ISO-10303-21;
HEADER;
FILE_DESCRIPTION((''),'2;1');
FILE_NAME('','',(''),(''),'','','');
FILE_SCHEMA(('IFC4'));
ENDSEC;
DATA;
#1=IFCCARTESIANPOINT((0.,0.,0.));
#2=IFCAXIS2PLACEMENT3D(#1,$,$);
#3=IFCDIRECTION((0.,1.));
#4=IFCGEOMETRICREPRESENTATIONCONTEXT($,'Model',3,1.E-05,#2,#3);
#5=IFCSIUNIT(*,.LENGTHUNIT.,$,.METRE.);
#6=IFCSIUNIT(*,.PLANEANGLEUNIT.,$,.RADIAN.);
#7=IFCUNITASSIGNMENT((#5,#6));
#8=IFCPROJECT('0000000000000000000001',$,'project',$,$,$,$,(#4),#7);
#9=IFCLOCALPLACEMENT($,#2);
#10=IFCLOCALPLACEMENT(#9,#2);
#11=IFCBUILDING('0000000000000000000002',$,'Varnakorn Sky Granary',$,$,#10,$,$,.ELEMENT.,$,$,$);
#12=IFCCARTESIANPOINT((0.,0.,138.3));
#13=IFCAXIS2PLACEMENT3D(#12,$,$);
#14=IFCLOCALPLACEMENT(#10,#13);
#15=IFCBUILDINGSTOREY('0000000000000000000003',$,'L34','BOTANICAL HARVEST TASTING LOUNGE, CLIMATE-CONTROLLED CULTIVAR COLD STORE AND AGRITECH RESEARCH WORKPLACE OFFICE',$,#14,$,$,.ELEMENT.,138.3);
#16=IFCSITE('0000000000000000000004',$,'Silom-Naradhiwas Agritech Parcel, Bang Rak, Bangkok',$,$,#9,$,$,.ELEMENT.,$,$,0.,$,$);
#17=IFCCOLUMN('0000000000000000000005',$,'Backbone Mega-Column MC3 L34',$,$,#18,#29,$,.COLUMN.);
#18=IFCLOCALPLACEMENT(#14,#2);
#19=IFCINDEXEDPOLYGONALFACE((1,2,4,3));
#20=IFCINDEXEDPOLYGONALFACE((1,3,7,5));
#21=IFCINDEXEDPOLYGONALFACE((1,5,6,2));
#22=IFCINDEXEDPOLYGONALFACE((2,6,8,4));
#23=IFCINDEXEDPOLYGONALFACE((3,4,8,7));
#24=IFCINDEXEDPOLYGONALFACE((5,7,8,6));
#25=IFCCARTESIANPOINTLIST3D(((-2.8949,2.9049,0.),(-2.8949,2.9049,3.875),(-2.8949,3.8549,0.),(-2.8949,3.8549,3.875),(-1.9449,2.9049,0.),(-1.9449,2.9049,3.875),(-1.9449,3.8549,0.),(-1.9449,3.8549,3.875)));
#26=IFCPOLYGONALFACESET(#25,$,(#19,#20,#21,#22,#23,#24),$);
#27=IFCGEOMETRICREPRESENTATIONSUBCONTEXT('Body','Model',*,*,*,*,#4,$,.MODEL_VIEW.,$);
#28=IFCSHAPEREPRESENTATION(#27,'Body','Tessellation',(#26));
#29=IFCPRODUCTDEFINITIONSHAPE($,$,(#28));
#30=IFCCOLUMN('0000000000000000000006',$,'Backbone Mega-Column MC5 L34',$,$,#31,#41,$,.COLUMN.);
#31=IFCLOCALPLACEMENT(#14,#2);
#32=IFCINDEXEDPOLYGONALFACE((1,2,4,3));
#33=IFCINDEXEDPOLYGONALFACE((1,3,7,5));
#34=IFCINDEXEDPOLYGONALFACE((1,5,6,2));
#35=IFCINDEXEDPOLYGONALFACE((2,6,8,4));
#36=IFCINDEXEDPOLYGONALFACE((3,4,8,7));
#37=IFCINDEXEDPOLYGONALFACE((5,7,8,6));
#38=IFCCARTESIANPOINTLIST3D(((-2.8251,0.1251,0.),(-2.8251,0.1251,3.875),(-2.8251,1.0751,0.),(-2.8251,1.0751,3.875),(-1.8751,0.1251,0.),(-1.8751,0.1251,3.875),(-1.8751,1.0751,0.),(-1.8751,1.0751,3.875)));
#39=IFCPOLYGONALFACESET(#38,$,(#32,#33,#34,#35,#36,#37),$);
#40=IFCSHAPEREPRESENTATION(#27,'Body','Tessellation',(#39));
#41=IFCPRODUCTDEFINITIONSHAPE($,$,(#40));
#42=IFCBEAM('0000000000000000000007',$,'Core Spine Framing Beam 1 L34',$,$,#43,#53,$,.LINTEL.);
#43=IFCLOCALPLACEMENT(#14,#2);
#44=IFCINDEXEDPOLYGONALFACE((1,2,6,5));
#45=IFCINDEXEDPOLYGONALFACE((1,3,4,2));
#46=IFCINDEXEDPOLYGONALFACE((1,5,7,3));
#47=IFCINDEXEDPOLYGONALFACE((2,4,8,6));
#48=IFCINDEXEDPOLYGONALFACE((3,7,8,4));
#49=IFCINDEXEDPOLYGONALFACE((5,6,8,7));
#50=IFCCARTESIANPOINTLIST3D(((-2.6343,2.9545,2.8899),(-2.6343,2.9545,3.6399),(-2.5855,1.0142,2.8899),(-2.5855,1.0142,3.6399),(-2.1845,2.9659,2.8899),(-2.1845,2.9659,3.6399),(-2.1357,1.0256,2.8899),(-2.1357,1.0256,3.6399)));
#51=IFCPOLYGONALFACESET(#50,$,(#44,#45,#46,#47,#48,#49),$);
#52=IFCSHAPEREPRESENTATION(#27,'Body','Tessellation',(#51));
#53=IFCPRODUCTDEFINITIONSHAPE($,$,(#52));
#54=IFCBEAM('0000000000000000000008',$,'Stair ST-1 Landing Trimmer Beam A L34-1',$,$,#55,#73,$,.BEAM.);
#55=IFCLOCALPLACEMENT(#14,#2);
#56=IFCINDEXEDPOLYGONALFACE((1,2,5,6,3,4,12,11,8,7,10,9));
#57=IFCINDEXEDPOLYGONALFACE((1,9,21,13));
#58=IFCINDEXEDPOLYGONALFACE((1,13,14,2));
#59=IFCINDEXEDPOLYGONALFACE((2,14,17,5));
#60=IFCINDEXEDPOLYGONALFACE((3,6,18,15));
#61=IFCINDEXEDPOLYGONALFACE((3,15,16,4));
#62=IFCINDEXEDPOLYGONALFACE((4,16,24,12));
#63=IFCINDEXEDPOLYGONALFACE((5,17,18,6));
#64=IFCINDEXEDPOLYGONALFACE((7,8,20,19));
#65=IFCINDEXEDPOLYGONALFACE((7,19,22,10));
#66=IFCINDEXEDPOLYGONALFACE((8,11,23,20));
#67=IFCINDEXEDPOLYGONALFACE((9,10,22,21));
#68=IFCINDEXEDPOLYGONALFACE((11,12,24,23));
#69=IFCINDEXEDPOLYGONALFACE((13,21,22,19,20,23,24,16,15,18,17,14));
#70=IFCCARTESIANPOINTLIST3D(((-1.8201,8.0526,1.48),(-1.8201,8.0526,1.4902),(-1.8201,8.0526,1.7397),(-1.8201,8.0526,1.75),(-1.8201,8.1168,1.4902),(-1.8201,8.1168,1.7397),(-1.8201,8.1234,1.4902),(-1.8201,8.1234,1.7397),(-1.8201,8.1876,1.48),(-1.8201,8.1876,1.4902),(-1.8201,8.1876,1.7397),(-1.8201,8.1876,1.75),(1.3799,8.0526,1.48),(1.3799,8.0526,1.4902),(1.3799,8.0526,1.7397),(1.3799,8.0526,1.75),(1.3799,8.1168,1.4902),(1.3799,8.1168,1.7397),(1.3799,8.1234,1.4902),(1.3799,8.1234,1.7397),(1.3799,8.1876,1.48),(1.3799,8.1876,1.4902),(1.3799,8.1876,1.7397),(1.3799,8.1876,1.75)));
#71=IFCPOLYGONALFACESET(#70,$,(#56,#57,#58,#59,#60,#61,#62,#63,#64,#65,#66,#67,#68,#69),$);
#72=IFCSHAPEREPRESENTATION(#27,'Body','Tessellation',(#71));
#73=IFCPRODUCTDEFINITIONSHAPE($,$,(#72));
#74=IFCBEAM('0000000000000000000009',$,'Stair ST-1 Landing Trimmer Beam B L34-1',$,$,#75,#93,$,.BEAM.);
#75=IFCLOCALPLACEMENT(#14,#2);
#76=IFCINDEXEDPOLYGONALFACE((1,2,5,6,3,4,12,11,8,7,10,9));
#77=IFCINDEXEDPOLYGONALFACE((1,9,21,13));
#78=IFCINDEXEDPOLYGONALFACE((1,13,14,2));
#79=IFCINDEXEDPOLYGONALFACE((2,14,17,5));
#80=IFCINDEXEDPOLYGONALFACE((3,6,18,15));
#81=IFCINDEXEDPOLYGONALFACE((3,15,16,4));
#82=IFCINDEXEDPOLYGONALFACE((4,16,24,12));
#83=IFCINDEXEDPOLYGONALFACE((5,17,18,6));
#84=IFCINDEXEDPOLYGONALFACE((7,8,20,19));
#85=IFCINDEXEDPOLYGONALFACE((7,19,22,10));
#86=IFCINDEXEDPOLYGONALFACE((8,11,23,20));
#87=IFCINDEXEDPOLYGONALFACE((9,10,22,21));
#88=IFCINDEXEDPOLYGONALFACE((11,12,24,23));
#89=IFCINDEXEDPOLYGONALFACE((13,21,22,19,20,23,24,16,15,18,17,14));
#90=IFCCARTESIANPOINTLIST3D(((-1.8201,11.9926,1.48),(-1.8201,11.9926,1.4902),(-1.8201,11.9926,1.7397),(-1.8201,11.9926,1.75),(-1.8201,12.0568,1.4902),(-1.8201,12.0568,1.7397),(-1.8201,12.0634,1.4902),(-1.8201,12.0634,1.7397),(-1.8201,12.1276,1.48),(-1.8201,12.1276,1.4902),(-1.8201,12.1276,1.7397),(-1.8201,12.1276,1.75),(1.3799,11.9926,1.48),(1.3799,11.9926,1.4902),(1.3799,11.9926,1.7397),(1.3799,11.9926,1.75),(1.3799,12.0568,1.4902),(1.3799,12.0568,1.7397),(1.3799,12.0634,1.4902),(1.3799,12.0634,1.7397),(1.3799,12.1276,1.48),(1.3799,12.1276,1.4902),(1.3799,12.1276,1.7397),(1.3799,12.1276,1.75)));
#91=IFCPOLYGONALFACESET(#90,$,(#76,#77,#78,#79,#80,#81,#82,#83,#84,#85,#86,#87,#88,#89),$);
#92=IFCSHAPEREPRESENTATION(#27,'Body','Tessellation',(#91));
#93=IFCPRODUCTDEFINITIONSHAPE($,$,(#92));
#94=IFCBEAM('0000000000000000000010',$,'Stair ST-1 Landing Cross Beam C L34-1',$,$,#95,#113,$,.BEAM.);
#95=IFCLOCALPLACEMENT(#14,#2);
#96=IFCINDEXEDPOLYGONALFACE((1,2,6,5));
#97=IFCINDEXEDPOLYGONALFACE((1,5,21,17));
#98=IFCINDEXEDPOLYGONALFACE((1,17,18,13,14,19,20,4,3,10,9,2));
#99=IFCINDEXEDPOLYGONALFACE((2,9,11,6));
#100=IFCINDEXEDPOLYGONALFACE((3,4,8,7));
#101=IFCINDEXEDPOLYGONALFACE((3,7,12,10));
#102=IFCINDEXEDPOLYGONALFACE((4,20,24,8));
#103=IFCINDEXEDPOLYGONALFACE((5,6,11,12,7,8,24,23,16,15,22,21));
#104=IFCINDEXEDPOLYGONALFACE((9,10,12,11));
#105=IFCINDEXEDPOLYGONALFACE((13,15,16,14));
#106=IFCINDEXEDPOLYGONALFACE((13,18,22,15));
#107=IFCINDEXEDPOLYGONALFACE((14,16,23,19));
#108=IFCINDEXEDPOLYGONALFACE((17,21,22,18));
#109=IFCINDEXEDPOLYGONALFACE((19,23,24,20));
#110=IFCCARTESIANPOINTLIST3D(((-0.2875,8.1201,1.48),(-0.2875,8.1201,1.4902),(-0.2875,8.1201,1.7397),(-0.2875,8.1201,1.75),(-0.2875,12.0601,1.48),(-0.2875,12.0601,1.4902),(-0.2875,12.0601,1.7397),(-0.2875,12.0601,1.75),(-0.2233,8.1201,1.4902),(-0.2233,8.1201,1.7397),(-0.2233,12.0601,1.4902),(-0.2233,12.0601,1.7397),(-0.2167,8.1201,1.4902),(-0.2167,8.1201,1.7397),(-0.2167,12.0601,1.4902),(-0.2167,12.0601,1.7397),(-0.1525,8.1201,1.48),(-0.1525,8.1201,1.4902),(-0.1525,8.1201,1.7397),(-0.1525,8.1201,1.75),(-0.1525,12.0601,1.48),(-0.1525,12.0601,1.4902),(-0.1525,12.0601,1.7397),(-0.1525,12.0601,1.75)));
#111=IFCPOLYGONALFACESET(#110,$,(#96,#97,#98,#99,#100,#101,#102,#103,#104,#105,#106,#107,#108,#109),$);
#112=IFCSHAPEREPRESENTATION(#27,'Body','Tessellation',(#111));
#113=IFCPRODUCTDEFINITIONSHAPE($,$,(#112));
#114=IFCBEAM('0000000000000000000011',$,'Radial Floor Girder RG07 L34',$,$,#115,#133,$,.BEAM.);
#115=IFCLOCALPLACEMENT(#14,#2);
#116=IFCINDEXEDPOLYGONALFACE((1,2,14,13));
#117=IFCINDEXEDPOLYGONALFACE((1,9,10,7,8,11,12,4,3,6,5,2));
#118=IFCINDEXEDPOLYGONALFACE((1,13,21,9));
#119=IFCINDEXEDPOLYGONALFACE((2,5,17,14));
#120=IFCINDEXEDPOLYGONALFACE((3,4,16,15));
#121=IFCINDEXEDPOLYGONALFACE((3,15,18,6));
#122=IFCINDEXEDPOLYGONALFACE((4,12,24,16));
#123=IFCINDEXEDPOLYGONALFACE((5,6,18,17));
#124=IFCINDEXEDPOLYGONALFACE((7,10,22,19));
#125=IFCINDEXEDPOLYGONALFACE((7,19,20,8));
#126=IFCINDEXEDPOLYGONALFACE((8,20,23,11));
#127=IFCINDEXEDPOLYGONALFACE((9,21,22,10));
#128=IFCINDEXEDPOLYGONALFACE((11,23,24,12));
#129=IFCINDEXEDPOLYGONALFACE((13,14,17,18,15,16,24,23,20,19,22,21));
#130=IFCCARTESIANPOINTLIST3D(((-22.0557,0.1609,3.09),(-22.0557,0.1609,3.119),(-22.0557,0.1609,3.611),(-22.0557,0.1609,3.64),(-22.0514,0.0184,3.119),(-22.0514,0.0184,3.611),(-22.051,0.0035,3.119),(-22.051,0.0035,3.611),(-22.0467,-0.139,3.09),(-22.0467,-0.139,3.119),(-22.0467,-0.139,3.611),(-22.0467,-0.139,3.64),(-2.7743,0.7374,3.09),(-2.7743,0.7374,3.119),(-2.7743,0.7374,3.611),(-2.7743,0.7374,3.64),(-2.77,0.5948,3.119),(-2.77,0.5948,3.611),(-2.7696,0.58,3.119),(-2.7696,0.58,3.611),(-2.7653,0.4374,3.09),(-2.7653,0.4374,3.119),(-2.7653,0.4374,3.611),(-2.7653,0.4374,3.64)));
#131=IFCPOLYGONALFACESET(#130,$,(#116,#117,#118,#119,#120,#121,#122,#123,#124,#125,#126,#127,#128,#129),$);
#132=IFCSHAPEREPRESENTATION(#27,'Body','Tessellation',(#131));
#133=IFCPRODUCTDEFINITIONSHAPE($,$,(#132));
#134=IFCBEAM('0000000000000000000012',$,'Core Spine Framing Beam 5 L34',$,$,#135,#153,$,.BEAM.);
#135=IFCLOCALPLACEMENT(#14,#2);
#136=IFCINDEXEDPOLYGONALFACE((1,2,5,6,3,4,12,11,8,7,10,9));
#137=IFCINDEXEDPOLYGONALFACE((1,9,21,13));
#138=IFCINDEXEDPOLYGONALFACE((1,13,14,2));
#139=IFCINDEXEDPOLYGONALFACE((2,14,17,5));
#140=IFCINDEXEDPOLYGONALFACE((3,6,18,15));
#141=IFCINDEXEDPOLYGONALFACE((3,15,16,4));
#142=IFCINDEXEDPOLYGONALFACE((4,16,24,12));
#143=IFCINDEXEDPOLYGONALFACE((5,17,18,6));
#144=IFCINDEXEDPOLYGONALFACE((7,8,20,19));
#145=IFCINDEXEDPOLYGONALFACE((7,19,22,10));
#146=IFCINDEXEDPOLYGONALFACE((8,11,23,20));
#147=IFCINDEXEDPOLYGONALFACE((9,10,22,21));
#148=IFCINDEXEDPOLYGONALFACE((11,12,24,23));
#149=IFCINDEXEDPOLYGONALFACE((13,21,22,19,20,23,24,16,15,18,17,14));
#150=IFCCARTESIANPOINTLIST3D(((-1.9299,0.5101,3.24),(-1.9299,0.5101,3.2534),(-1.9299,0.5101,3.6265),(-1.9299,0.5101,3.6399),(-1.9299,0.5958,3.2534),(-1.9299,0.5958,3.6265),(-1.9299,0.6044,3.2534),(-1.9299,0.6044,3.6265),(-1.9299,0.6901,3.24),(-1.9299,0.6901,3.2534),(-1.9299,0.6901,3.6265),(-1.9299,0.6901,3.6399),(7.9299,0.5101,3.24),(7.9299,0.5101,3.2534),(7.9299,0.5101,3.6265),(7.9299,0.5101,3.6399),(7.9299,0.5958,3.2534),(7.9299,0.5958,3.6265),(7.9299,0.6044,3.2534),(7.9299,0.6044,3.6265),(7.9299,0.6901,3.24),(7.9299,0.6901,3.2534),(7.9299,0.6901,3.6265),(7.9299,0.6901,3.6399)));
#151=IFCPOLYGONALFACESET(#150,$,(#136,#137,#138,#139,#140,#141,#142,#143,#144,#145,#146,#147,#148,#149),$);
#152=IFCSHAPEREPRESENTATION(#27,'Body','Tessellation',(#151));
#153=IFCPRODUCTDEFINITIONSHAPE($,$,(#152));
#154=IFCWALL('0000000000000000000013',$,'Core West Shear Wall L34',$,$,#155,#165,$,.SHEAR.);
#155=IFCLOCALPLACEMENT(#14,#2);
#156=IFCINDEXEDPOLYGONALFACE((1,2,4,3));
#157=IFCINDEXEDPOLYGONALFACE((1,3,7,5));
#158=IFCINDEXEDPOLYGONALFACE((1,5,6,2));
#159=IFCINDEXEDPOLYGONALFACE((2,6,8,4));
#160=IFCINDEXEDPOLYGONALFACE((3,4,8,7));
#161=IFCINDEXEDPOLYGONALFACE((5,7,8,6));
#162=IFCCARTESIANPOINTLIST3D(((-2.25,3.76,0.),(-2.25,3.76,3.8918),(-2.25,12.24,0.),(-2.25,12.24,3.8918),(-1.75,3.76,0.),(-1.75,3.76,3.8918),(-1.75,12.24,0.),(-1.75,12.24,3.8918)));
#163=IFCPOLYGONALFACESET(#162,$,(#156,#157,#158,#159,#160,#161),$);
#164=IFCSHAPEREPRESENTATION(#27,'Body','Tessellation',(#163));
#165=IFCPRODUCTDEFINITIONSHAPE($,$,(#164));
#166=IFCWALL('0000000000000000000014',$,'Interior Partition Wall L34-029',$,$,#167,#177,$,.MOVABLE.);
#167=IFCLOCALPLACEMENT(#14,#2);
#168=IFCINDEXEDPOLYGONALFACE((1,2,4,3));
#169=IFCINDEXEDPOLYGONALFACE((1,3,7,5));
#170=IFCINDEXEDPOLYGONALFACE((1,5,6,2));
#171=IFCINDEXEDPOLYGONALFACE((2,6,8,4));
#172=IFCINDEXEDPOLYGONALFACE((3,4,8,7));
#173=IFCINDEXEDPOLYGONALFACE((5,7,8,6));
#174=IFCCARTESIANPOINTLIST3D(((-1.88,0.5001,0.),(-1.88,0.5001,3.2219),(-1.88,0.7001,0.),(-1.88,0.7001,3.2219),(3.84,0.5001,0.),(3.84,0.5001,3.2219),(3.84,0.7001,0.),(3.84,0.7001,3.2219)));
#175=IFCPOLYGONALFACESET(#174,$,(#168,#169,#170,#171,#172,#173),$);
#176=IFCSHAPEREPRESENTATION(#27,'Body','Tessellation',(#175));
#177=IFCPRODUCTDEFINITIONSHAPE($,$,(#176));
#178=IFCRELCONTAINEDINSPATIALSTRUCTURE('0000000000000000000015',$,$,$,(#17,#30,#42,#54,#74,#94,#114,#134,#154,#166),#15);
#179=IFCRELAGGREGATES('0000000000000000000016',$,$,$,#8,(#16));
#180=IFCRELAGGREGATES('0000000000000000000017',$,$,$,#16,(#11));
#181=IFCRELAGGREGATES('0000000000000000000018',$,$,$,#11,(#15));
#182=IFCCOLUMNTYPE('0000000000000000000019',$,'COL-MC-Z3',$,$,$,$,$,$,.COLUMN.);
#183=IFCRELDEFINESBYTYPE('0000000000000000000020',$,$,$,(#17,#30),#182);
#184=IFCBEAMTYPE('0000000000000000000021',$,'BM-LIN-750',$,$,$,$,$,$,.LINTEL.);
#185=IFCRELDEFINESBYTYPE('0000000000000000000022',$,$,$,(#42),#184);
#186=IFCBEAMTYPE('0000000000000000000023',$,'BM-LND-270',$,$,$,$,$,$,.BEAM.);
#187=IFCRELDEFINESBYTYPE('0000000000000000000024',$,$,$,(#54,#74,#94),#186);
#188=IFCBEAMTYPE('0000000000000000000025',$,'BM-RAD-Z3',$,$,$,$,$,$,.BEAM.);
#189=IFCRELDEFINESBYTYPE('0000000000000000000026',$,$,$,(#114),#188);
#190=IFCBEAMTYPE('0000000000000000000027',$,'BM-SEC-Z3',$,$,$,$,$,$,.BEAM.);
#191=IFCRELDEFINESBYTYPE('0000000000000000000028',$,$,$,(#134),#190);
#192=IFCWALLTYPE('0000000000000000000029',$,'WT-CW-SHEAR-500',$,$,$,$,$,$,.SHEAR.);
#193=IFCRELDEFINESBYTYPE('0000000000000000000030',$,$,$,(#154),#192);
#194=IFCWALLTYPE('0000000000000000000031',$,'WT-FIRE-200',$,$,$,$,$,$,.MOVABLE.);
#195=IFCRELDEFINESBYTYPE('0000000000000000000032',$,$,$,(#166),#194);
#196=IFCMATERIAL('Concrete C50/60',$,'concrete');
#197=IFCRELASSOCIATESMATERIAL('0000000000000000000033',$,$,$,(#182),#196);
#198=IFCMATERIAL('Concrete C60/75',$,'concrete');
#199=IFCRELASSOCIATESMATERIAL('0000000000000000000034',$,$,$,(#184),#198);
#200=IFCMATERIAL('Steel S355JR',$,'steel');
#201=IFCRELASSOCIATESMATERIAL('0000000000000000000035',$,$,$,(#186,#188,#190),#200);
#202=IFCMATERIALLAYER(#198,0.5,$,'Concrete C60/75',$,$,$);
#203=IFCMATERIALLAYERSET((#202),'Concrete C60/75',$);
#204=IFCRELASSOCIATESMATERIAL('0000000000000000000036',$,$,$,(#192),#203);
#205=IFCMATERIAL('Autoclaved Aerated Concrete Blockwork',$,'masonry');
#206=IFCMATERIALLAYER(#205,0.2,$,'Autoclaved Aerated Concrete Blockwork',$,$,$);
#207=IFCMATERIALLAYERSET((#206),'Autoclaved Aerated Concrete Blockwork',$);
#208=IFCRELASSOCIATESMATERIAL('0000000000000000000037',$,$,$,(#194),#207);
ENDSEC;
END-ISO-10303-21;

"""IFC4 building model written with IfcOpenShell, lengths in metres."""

from ifc_helpers import new_model, si_unit, direction, frame, frame_2d, origin, origin_2d, place, context, subcontext, project, spatial, rectangle, i_section, extrude, material, layer, layer_set, material_profile, profile_set, type_object, element, save


model = new_model("IFC4")

# Units and contexts
model_context = context("Model", 3, precision=1e-05, world=origin(), true_north=direction((0.0, 1.0)))
body_context = subcontext(model_context, "Body", "Model", "MODEL_VIEW")
ifc_project = project(units=[si_unit("LENGTHUNIT", "METRE"), si_unit("PLANEANGLEUNIT", "RADIAN")], contexts=[model_context])

# Site, building, storey
site_placement = place(None, origin())
site = spatial("IfcSite", under=ifc_project, at=site_placement, Name="Silom-Naradhiwas Agritech Parcel, Bang Rak, Bangkok", CompositionType="ELEMENT", RefElevation=0.0)
building_placement = place(site_placement, origin())
building = spatial("IfcBuilding", under=site, at=building_placement, Name="Varnakorn Sky Granary", CompositionType="ELEMENT")
storey_placement = place(building_placement, frame((0.0, 0.0, 138.3)))
storey = spatial("IfcBuildingStorey", under=building, at=storey_placement, Name="L34", Description="BOTANICAL HARVEST TASTING LOUNGE, CLIMATE-CONTROLLED CULTIVAR COLD STORE AND AGRITECH RESEARCH WORKPLACE OFFICE", CompositionType="ELEMENT", Elevation=138.3)

# Columns
ifc_material_1 = material(Name="Concrete C50/60", Category="concrete")
ifc_material_profile_1 = material_profile(ifc_material_1, rectangle(XDim=0.95, YDim=0.95, at=origin_2d()), Name="RC 950x950")
ifc_profile_set_1 = profile_set([ifc_material_profile_1], Name="Concrete C50/60")
column_type = type_object("IfcColumnType", Name="COL-MC-Z3", PredefinedType="COLUMN", material=ifc_profile_set_1)
for number, where, z_axis, x_axis, name in (
    (1, (-2.4199, 3.3799, 0.0), (0.0, 0.0, 1.0), (1.0, 0.0, 0.0), "Backbone Mega-Column MC3 L34"),
    (2, (-2.3501, 0.6001, 0.0), (0.0, 0.0, 1.0), (1.0, 0.0, 0.0), "Backbone Mega-Column MC5 L34"),
):
    element("IfcColumn", number, at=place(storey_placement, frame(where, z_axis=z_axis, x_axis=x_axis)), inside=storey, type_object=column_type, Name=name, PredefinedType="COLUMN", context=body_context, shape_type="SweptSolid", body=[
        extrude(rectangle(XDim=0.95, YDim=0.95, at=origin_2d()), origin(), (0.0, 0.0, 1.0), 3.875),
    ])

# Beams
ifc_material_2 = material(Name="Concrete C60/75", Category="concrete")
ifc_material_profile_2 = material_profile(ifc_material_2, rectangle(XDim=0.45, YDim=0.75, at=origin_2d()), Name="RC 450x750")
ifc_profile_set_2 = profile_set([ifc_material_profile_2], Name="Concrete C60/75")
beam_type_1 = type_object("IfcBeamType", Name="BM-LIN-750", PredefinedType="LINTEL", material=ifc_profile_set_2)
beam_1_placement = place(storey_placement, frame((-2.4094, 2.9602, 3.2649), z_axis=(0.025159, -0.999683, 0.0), x_axis=(0.999683, 0.025159, 0.0)))
element("IfcBeam", 3, at=beam_1_placement, inside=storey, type_object=beam_type_1, Name="Core Spine Framing Beam 1 L34", PredefinedType="LINTEL", context=body_context, shape_type="SweptSolid", body=[
    extrude(rectangle(XDim=0.45, YDim=0.75, at=origin_2d()), origin(), (0.0, 0.0, 1.0), 1.9409),
])
ifc_material_3 = material(Name="Steel S355JR", Category="steel")
ifc_material_profile_3 = material_profile(ifc_material_3, i_section(OverallWidth=0.135, OverallDepth=0.27, WebThickness=0.0066, FlangeThickness=0.0103, at=origin_2d()), Name="IPE 270")
ifc_profile_set_3 = profile_set([ifc_material_profile_3], Name="Steel S355JR")
beam_type_2 = type_object("IfcBeamType", Name="BM-LND-270", PredefinedType="BEAM", material=ifc_profile_set_3)
for number, where, z_axis, x_axis, name in (
    (4, (-1.8201, 8.1201, 1.615), (1.0, 0.0, 0.0), (0.0, 1.0, 0.0), "Stair ST-1 Landing Trimmer Beam A L34-1"),
    (5, (-1.8201, 12.0601, 1.615), (1.0, 0.0, 0.0), (0.0, 1.0, 0.0), "Stair ST-1 Landing Trimmer Beam B L34-1"),
):
    element("IfcBeam", number, at=place(storey_placement, frame(where, z_axis=z_axis, x_axis=x_axis)), inside=storey, type_object=beam_type_2, Name=name, PredefinedType="BEAM", context=body_context, shape_type="SweptSolid", body=[
        extrude(i_section(OverallWidth=0.135, OverallDepth=0.27, WebThickness=0.0066, FlangeThickness=0.0103, at=origin_2d()), origin(), (0.0, 0.0, 1.0), 3.2),
    ])
beam_2_placement = place(storey_placement, frame((-0.22, 8.1201, 1.615), z_axis=(0.0, 1.0, 0.0), x_axis=(-1.0, 0.0, 0.0)))
element("IfcBeam", 6, at=beam_2_placement, inside=storey, type_object=beam_type_2, Name="Stair ST-1 Landing Cross Beam C L34-1", PredefinedType="BEAM", context=body_context, shape_type="SweptSolid", body=[
    extrude(i_section(OverallWidth=0.135, OverallDepth=0.27, WebThickness=0.0066, FlangeThickness=0.0103, at=origin_2d()), origin(), (0.0, 0.0, 1.0), 3.9399),
])
ifc_material_profile_4 = material_profile(ifc_material_3, i_section(OverallWidth=0.3, OverallDepth=0.55, WebThickness=0.0149, FlangeThickness=0.0291, at=origin_2d()), Name="HE 550 B")
ifc_profile_set_4 = profile_set([ifc_material_profile_4], Name="Steel S355JR")
beam_type_3 = type_object("IfcBeamType", Name="BM-RAD-Z3", PredefinedType="BEAM", material=ifc_profile_set_4)
beam_3_placement = place(storey_placement, frame((-2.7698, 0.5874, 3.365), z_axis=(-0.999553, -0.029881, 0.0), x_axis=(0.029881, -0.999553, 0.0)))
element("IfcBeam", 7, at=beam_3_placement, inside=storey, type_object=beam_type_3, Name="Radial Floor Girder RG07 L34", PredefinedType="BEAM", context=body_context, shape_type="SweptSolid", body=[
    extrude(i_section(OverallWidth=0.3, OverallDepth=0.55, WebThickness=0.0149, FlangeThickness=0.0291, at=origin_2d()), origin(), (0.0, 0.0, 1.0), 19.29),
])
ifc_material_profile_5 = material_profile(ifc_material_3, i_section(OverallWidth=0.1799, OverallDepth=0.3999, WebThickness=0.0085, FlangeThickness=0.0134, at=origin_2d()), Name="IPE 400")
ifc_profile_set_5 = profile_set([ifc_material_profile_5], Name="Steel S355JR")
beam_type_4 = type_object("IfcBeamType", Name="BM-SEC-Z3", PredefinedType="BEAM", material=ifc_profile_set_5)
beam_4_placement = place(storey_placement, frame((-1.9299, 0.6001, 3.4399), z_axis=(1.0, 0.0, 0.0), x_axis=(0.0, 1.0, 0.0)))
element("IfcBeam", 8, at=beam_4_placement, inside=storey, type_object=beam_type_4, Name="Core Spine Framing Beam 5 L34", PredefinedType="BEAM", context=body_context, shape_type="SweptSolid", body=[
    extrude(i_section(OverallWidth=0.1799, OverallDepth=0.3999, WebThickness=0.0085, FlangeThickness=0.0134, at=origin_2d()), origin(), (0.0, 0.0, 1.0), 9.8599),
])

# Shared definitions
ifc_layer_1 = layer(ifc_material_2, 0.5, Name="Concrete C60/75")
ifc_layer_set_1 = layer_set([ifc_layer_1], Name="Concrete C60/75")
wall_type_1 = type_object("IfcWallType", Name="WT-CW-SHEAR-500", PredefinedType="SHEAR", material=ifc_layer_set_1)

# Walls
wall_1_placement = place(storey_placement, frame((-2.0, 3.76, 0.0), z_axis=(0.0, 0.0, 1.0), x_axis=(0.0, 1.0, 0.0)))
element("IfcWall", 9, at=wall_1_placement, inside=storey, type_object=wall_type_1, Name="Core West Shear Wall L34", PredefinedType="SHEAR", context=body_context, shape_type="SweptSolid", body=[
    extrude(rectangle(XDim=8.48, YDim=0.5, at=frame_2d((4.24, 0.0))), origin(), (0.0, 0.0, 1.0), 3.8918),
])
ifc_material_4 = material(Name="Autoclaved Aerated Concrete Blockwork", Category="masonry")
ifc_layer_2 = layer(ifc_material_4, 0.2, Name="Autoclaved Aerated Concrete Blockwork")
ifc_layer_set_2 = layer_set([ifc_layer_2], Name="Autoclaved Aerated Concrete Blockwork")
wall_type_2 = type_object("IfcWallType", Name="WT-FIRE-200", PredefinedType="MOVABLE", material=ifc_layer_set_2)
wall_2_placement = place(storey_placement, frame((-1.8799, 0.6001, 0.0), z_axis=(0.0, 0.0, 1.0), x_axis=(1.0, 0.0, 0.0)))
element("IfcWall", 10, at=wall_2_placement, inside=storey, type_object=wall_type_2, Name="Interior Partition Wall L34-029", PredefinedType="MOVABLE", context=body_context, shape_type="SweptSolid", body=[
    extrude(rectangle(XDim=5.72, YDim=0.2, at=frame_2d((2.8599, 0.0))), origin(), (0.0, 0.0, 1.0), 3.2219),
])

save(model, "model.ifc")
